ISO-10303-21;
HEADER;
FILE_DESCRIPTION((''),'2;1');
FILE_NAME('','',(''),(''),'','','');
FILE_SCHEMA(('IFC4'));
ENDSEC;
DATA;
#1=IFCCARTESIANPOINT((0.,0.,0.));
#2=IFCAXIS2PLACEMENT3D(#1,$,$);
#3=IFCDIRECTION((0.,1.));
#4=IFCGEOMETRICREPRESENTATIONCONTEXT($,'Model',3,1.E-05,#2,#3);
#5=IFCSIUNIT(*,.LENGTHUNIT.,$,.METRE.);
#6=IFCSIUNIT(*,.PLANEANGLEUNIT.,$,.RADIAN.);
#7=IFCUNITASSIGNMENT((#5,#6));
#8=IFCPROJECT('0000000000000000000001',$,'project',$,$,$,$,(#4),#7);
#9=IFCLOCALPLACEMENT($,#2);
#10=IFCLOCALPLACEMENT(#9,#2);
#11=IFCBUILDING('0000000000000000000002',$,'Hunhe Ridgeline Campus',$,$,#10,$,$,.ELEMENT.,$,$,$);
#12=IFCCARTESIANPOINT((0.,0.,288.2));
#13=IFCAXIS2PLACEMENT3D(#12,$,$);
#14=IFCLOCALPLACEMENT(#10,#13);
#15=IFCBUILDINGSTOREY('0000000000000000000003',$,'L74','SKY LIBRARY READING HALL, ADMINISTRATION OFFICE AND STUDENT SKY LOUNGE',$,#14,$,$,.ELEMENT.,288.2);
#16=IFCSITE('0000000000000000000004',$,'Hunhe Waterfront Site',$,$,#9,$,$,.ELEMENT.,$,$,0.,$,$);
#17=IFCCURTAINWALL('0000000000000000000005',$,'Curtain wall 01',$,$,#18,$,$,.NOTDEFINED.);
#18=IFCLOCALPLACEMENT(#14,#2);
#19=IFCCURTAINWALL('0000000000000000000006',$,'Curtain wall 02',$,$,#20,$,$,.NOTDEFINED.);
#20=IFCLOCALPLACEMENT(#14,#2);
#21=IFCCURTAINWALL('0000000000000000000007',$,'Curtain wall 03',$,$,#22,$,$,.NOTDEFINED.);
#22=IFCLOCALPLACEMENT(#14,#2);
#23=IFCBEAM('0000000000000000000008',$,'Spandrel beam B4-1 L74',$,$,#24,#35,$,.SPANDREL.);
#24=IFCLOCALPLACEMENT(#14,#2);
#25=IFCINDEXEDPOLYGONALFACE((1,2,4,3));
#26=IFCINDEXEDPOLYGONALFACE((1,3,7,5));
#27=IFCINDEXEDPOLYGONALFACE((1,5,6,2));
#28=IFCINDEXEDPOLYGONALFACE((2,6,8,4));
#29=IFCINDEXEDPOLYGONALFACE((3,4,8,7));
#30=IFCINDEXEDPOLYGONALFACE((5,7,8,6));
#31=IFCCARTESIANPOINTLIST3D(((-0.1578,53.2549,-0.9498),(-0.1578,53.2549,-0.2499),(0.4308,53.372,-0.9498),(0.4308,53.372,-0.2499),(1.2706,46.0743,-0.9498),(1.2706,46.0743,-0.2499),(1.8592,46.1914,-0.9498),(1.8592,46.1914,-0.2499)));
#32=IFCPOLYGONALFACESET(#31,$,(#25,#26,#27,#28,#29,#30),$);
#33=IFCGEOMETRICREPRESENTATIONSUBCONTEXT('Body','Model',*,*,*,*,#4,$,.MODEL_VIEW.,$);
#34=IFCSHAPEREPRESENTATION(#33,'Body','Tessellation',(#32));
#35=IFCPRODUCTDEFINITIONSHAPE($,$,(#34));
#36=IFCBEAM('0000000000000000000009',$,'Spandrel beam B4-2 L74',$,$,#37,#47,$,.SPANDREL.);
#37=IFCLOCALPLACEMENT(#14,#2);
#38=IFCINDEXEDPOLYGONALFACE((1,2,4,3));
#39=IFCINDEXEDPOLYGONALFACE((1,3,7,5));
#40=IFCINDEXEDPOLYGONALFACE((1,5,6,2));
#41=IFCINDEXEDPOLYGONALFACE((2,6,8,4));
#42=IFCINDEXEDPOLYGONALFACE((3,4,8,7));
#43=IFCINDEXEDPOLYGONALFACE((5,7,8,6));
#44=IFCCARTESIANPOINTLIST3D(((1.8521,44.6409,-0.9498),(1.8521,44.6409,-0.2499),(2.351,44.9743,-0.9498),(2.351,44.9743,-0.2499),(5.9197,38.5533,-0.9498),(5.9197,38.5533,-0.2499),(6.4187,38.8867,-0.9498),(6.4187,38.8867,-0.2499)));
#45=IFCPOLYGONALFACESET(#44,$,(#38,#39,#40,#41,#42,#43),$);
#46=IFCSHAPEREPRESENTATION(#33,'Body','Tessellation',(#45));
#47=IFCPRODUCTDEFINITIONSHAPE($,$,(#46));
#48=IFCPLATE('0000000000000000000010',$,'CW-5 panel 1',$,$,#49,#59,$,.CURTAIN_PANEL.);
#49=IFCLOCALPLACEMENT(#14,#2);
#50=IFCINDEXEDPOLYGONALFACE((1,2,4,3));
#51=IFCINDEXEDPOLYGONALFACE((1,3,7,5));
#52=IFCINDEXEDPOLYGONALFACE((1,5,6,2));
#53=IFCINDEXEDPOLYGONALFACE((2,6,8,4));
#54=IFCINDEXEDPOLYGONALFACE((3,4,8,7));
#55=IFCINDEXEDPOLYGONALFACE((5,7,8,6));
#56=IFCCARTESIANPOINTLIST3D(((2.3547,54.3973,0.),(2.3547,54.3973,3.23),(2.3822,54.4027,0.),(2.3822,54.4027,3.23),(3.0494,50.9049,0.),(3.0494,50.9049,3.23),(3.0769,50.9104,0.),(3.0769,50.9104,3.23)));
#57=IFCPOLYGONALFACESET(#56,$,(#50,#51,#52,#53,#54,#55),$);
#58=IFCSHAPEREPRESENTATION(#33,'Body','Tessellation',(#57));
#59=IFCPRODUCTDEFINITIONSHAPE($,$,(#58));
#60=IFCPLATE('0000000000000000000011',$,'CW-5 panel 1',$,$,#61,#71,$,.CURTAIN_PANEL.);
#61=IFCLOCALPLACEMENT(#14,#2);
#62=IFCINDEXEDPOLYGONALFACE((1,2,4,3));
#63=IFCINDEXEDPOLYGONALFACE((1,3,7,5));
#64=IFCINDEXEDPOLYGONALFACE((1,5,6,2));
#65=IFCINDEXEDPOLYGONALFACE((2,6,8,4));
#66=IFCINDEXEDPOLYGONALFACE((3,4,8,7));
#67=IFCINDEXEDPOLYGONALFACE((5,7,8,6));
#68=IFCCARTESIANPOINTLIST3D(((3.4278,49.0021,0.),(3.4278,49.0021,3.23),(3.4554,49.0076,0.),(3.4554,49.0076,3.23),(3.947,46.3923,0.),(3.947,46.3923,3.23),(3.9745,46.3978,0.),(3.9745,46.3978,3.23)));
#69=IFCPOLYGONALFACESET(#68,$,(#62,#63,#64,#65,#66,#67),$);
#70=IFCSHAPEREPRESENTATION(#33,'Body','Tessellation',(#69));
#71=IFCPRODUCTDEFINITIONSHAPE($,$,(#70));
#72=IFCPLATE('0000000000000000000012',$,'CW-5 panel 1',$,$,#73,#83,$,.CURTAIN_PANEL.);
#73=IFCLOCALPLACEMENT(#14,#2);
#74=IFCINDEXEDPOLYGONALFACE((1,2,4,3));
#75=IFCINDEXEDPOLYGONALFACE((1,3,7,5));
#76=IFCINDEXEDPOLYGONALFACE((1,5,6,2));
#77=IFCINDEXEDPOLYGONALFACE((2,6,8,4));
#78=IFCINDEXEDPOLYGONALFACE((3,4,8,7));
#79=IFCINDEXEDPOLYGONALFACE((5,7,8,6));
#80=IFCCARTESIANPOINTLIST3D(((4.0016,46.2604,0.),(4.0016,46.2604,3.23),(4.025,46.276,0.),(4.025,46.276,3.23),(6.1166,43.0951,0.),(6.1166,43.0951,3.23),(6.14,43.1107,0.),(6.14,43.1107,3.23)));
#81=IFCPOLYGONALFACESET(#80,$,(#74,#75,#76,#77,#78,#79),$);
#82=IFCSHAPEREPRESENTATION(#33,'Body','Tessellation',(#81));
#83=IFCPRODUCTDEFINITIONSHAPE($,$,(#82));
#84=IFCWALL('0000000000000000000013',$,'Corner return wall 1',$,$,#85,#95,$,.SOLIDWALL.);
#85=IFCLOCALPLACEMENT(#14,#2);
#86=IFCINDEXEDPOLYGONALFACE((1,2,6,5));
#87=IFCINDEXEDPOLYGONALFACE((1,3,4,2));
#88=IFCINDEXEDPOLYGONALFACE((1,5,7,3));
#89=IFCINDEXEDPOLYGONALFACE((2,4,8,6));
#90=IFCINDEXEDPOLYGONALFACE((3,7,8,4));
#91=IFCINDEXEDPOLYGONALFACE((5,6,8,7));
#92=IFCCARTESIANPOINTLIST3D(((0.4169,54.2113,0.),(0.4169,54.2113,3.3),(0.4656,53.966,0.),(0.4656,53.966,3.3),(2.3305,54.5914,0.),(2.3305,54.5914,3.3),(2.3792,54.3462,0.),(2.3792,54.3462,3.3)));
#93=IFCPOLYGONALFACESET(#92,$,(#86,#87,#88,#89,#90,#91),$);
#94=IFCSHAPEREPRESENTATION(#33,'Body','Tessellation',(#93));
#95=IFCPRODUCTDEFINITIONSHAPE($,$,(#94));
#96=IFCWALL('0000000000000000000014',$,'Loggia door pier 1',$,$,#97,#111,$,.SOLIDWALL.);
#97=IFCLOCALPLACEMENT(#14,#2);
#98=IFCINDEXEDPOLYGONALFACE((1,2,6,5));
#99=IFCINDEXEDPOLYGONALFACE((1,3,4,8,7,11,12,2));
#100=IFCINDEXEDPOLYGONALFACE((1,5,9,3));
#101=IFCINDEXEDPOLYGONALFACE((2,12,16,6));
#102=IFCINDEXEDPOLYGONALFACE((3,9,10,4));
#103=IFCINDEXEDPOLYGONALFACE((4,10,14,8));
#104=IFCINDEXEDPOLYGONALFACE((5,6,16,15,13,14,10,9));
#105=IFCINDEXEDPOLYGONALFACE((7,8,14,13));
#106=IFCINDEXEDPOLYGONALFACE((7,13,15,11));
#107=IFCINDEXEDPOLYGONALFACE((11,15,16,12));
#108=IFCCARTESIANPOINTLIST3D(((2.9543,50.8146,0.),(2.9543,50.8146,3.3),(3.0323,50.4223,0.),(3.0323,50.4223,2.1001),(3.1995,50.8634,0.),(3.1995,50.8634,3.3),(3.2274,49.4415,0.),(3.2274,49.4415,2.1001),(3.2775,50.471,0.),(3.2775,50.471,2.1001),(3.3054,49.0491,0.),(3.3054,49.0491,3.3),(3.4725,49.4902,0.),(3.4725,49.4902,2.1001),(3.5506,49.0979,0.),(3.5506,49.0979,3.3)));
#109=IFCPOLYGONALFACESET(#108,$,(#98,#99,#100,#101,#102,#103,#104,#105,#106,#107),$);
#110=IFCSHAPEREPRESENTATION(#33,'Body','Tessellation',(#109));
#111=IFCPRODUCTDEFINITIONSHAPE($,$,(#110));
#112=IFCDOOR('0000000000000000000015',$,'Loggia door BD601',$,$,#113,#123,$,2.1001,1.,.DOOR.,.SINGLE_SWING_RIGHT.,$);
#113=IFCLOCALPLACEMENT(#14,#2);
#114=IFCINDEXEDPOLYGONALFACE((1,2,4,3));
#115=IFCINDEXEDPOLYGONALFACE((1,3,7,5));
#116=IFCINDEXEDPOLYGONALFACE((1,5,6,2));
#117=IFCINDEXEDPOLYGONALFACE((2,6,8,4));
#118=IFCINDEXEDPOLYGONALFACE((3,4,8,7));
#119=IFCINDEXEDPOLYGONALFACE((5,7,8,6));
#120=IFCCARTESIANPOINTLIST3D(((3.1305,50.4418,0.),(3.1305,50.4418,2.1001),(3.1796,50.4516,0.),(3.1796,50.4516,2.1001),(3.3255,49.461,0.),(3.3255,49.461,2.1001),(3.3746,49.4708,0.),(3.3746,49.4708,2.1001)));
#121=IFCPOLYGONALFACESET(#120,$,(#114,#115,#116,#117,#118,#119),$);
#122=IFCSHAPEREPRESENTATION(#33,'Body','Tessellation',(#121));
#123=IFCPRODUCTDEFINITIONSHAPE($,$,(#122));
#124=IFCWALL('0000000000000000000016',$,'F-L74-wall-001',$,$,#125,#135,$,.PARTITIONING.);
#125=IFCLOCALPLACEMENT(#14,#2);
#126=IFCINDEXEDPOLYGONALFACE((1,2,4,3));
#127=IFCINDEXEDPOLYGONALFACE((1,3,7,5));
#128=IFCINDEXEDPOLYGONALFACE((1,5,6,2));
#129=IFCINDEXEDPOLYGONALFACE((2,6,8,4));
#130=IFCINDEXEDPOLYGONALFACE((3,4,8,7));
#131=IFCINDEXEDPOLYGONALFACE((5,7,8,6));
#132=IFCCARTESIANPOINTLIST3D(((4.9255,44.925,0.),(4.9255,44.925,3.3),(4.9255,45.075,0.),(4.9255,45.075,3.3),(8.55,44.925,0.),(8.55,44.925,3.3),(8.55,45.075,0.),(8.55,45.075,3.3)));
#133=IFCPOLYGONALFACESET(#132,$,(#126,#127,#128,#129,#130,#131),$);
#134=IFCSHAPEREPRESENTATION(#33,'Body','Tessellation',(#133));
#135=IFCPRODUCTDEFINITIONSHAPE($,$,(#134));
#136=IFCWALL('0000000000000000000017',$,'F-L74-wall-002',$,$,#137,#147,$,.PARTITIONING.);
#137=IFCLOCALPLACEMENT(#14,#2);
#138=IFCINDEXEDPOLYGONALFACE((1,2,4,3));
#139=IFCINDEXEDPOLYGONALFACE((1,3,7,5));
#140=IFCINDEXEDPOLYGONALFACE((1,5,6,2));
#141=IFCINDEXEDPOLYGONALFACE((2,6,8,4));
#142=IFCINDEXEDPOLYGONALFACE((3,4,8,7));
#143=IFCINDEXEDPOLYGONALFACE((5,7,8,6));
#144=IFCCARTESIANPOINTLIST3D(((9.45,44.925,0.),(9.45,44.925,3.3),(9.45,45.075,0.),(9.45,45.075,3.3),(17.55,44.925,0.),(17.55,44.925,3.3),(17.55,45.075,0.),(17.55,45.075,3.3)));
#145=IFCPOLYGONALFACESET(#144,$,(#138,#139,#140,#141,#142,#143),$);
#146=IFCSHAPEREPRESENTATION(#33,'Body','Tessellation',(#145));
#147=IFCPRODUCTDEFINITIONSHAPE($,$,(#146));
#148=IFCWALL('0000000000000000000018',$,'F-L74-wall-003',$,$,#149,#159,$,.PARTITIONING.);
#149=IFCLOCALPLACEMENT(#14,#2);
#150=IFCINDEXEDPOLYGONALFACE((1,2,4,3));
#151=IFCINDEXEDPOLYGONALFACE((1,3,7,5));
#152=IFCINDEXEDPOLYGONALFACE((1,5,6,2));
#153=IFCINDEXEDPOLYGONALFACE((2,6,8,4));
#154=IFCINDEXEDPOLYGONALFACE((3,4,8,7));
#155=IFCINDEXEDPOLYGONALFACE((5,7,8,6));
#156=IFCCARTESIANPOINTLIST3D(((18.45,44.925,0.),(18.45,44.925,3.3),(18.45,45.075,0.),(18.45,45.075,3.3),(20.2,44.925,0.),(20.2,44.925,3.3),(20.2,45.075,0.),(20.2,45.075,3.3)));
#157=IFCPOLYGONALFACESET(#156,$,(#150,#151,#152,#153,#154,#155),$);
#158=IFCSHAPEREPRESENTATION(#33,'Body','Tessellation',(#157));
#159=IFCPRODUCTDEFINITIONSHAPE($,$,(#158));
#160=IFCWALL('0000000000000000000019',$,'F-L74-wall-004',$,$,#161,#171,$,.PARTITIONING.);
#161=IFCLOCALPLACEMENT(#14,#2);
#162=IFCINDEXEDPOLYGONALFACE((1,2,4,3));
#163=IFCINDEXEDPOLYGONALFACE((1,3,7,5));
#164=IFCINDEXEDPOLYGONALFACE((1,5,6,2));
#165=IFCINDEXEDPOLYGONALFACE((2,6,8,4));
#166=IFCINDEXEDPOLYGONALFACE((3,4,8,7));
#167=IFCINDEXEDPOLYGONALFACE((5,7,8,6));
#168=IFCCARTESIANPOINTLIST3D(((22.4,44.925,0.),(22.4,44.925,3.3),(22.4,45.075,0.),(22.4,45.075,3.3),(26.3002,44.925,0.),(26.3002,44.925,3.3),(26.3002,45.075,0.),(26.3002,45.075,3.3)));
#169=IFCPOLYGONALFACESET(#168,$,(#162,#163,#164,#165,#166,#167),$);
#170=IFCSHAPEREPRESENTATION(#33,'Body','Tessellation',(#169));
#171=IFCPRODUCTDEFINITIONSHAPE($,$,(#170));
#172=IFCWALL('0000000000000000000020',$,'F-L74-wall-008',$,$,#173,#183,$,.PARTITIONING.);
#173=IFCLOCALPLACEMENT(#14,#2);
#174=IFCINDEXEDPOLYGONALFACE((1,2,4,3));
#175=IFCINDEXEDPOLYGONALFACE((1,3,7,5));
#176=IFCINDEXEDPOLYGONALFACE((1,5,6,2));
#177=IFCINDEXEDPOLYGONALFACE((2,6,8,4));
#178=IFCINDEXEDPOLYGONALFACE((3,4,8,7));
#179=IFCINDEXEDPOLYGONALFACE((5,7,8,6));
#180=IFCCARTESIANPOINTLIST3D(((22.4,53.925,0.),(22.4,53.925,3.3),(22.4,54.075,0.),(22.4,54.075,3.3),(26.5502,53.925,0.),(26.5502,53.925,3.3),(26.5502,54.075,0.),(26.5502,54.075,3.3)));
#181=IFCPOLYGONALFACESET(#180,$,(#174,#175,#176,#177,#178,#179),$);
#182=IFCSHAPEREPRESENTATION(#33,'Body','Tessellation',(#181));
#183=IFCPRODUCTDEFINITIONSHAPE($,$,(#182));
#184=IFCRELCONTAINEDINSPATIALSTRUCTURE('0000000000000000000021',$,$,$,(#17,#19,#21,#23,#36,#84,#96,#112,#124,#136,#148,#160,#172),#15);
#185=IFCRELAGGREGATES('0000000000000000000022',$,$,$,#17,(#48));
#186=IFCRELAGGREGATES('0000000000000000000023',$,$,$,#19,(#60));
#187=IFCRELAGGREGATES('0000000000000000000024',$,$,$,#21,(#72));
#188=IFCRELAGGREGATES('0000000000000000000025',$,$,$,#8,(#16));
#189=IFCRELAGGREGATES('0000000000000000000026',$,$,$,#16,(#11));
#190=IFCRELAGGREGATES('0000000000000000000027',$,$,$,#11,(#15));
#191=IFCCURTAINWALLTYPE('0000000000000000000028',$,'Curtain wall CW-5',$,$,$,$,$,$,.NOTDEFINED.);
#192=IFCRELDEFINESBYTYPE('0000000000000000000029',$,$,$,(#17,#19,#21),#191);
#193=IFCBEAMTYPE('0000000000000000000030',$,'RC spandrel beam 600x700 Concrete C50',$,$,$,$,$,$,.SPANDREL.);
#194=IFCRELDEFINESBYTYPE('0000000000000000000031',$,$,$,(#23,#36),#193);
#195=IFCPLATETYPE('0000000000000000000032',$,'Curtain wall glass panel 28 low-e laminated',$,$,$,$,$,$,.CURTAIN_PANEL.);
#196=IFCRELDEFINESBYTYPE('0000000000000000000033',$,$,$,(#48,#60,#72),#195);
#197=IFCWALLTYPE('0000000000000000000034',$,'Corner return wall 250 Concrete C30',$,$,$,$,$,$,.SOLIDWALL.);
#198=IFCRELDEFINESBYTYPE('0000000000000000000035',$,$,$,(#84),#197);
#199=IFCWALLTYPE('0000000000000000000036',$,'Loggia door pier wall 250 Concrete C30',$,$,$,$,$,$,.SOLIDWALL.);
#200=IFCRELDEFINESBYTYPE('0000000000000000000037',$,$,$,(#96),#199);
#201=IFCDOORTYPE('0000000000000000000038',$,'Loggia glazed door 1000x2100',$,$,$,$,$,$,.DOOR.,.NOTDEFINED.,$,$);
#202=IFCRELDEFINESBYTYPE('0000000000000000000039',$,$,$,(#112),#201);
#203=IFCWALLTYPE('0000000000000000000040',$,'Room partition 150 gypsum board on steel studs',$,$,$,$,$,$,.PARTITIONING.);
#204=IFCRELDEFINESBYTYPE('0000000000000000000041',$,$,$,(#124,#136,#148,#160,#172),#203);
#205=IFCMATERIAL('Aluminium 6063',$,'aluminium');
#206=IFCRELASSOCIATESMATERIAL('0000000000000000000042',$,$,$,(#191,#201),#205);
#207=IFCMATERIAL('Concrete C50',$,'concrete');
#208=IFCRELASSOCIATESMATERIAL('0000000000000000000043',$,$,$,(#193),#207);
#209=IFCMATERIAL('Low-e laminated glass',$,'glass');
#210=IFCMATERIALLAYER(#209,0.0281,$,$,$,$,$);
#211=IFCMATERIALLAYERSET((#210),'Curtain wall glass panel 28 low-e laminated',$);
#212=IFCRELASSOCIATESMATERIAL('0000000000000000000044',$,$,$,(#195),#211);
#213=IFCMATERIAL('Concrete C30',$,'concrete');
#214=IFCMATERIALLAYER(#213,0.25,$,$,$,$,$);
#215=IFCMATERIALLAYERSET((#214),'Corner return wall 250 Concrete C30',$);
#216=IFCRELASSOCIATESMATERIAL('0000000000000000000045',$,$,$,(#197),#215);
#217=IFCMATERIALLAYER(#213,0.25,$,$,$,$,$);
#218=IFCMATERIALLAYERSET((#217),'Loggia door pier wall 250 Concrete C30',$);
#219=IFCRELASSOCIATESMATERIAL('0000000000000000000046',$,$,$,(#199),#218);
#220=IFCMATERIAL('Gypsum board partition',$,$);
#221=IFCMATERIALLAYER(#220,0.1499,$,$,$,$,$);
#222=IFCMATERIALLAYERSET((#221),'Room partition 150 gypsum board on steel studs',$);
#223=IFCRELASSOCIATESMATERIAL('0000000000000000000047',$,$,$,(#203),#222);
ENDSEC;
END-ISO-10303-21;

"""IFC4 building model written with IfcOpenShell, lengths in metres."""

from ifc_helpers import new_model, si_unit, direction, frame, frame_2d, origin, origin_2d, place, context, subcontext, project, spatial, rectangle, extrude, material, layer, layer_set, material_profile, profile_set, type_object, element, fill, aggregate, save


model = new_model("IFC4")

# Units and contexts
model_context = context("Model", 3, precision=1e-05, world=origin(), true_north=direction((0.0, 1.0)))
body_context = subcontext(model_context, "Body", "Model", "MODEL_VIEW")
ifc_project = project(units=[si_unit("LENGTHUNIT", "METRE"), si_unit("PLANEANGLEUNIT", "RADIAN")], contexts=[model_context])

# Site, building, storey
site_placement = place(None, origin())
site = spatial("IfcSite", under=ifc_project, at=site_placement, Name="Hunhe Waterfront Site", CompositionType="ELEMENT", RefElevation=0.0)
building_placement = place(site_placement, origin())
building = spatial("IfcBuilding", under=site, at=building_placement, Name="Hunhe Ridgeline Campus", CompositionType="ELEMENT")
storey_placement = place(building_placement, frame((0.0, 0.0, 288.2)))
storey = spatial("IfcBuildingStorey", under=building, at=storey_placement, Name="L74", Description="SKY LIBRARY READING HALL, ADMINISTRATION OFFICE AND STUDENT SKY LOUNGE", CompositionType="ELEMENT", Elevation=288.2)

# Shared definitions
ifc_material_1 = material(Name="Concrete C50", Category="concrete")

# Curtain walls
ifc_material_2 = material(Name="Aluminium 6063", Category="aluminium")
curtain_wall_type = type_object("IfcCurtainWallType", Name="Curtain wall CW-5", PredefinedType="NOTDEFINED", material=ifc_material_2)
curtain_wall_1_placement = place(storey_placement, origin())
curtain_wall_1 = element("IfcCurtainWall", 1, at=curtain_wall_1_placement, inside=storey, type_object=curtain_wall_type, Name="Curtain wall 01", PredefinedType="NOTDEFINED")
curtain_wall_2_placement = place(storey_placement, origin())
curtain_wall_2 = element("IfcCurtainWall", 2, at=curtain_wall_2_placement, inside=storey, type_object=curtain_wall_type, Name="Curtain wall 02", PredefinedType="NOTDEFINED")

# Curtain wall
curtain_wall_3_placement = place(storey_placement, origin())
curtain_wall_3 = element("IfcCurtainWall", 3, at=curtain_wall_3_placement, inside=storey, type_object=curtain_wall_type, Name="Curtain wall 03", PredefinedType="NOTDEFINED")

# Beams
ifc_material_profile_1 = material_profile(ifc_material_1, rectangle(XDim=0.6001, YDim=0.7, at=origin_2d()))
ifc_profile_set_1 = profile_set([ifc_material_profile_1], Name="Concrete C50")
beam_type = type_object("IfcBeamType", Name="RC spandrel beam 600x700 Concrete C50", PredefinedType="SPANDREL", material=ifc_profile_set_1)
beam_1_placement = place(storey_placement, frame((0.1365, 53.3135, -0.5999), z_axis=(0.195109, -0.980782, 0.0), x_axis=(0.980782, 0.195109, 0.0)))
element("IfcBeam", 4, at=beam_1_placement, inside=storey, type_object=beam_type, Name="Spandrel beam B4-1 L74", PredefinedType="SPANDREL", context=body_context, shape_type="SweptSolid", body=[
    extrude(rectangle(XDim=0.6001, YDim=0.7, at=origin_2d()), origin(), (0.0, 0.0, 1.0), 7.3213),
])
beam_2_placement = place(storey_placement, frame((2.1016, 44.8076, -0.5999), z_axis=(0.555569, -0.83147, 0.0), x_axis=(0.83147, 0.555569, 0.0)))
element("IfcBeam", 5, at=beam_2_placement, inside=storey, type_object=beam_type, Name="Spandrel beam B4-2 L74", PredefinedType="SPANDREL", context=body_context, shape_type="SweptSolid", body=[
    extrude(rectangle(XDim=0.6001, YDim=0.7, at=origin_2d()), origin(), (0.0, 0.0, 1.0), 7.3215),
])

# Plates
ifc_material_3 = material(Name="Low-e laminated glass", Category="glass")
ifc_layer_1 = layer(ifc_material_3, 0.0281)
ifc_layer_set_1 = layer_set([ifc_layer_1], Name="Curtain wall glass panel 28 low-e laminated")
plate_type = type_object("IfcPlateType", Name="Curtain wall glass panel 28 low-e laminated", PredefinedType="CURTAIN_PANEL", material=ifc_layer_set_1)
plate_1_placement = place(storey_placement, frame((2.7158, 52.6538, 0.0), z_axis=(0.0, 0.0, 1.0), x_axis=(0.195095, -0.980784, 0.0)))
plate_1 = element("IfcPlate", 6, at=plate_1_placement, type_object=plate_type, Name="CW-5 panel 1", PredefinedType="CURTAIN_PANEL", context=body_context, shape_type="SweptSolid", body=[
    extrude(rectangle(XDim=3.5608, YDim=0.0281, at=origin_2d()), origin(), (0.0, 0.0, 1.0), 3.23),
])
aggregate(curtain_wall_1, [plate_1])
plate_2_placement = place(storey_placement, frame((3.7012, 47.7, 0.0), z_axis=(0.0, 0.0, 1.0), x_axis=(0.195095, -0.980784, 0.0)))
plate_2 = element("IfcPlate", 7, at=plate_2_placement, type_object=plate_type, Name="CW-5 panel 1", PredefinedType="CURTAIN_PANEL", context=body_context, shape_type="SweptSolid", body=[
    extrude(rectangle(XDim=2.6609, YDim=0.0281, at=origin_2d()), origin(), (0.0, 0.0, 1.0), 3.23),
])
aggregate(curtain_wall_2, [plate_2])
plate_3_placement = place(storey_placement, frame((5.0708, 44.6855, 0.0), z_axis=(0.0, 0.0, 1.0), x_axis=(0.55557, -0.83147, 0.0)))
plate_3 = element("IfcPlate", 8, at=plate_3_placement, type_object=plate_type, Name="CW-5 panel 1", PredefinedType="CURTAIN_PANEL", context=body_context, shape_type="SweptSolid", body=[
    extrude(rectangle(XDim=3.8069, YDim=0.0281, at=origin_2d()), origin(), (0.0, 0.0, 1.0), 3.23),
])
aggregate(curtain_wall_3, [plate_3])

# Wall
ifc_material_4 = material(Name="Concrete C30", Category="concrete")
ifc_layer_2 = layer(ifc_material_4, 0.25)
ifc_layer_set_2 = layer_set([ifc_layer_2], Name="Corner return wall 250 Concrete C30")
wall_type_1 = type_object("IfcWallType", Name="Corner return wall 250 Concrete C30", PredefinedType="SOLIDWALL", material=ifc_layer_set_2)
wall_1_placement = place(storey_placement, frame((0.4412, 54.0886, 0.0), z_axis=(0.0, 0.0, 1.0), x_axis=(0.980835, 0.194841, 0.0)))
element("IfcWall", 9, at=wall_1_placement, inside=storey, type_object=wall_type_1, Name="Corner return wall 1", PredefinedType="SOLIDWALL", context=body_context, shape_type="SweptSolid", body=[
    extrude(rectangle(XDim=1.9509, YDim=0.25, at=frame_2d((0.9756, 0.0))), origin(), (0.0, 0.0, 1.0), 3.3),
])

# Wall, opening, door
ifc_layer_3 = layer(ifc_material_4, 0.25)
ifc_layer_set_3 = layer_set([ifc_layer_3], Name="Loggia door pier wall 250 Concrete C30")
wall_type_2 = type_object("IfcWallType", Name="Loggia door pier wall 250 Concrete C30", PredefinedType="SOLIDWALL", material=ifc_layer_set_3)
wall_2_placement = place(storey_placement, frame((3.0769, 50.8389, 0.0), z_axis=(0.0, 0.0, 1.0), x_axis=(0.195047, -0.980794, 0.0)))
wall_2 = element("IfcWall", 10, at=wall_2_placement, inside=storey, type_object=wall_type_2, Name="Loggia door pier 1", PredefinedType="SOLIDWALL", context=body_context, shape_type="SweptSolid", body=[
    extrude(rectangle(XDim=1.8, YDim=0.25, at=frame_2d((0.8999, 0.0))), origin(), (0.0, 0.0, 1.0), 3.3),
])
opening_placement = place(wall_2_placement, frame((0.3999, 0.0, 0.0)))
opening = element("IfcOpeningElement", 11, at=opening_placement, cuts=wall_2, PredefinedType="OPENING", context=body_context, shape_type="SweptSolid", body=[
    extrude(rectangle(XDim=1.0, YDim=2.1001, at=frame_2d((0.5, 1.05))), frame((0.0, 0.125, 0.0), z_axis=(0.0, -1.0, 0.0), x_axis=(1.0, 0.0, 0.0)), (0.0, 0.0, 1.0), 0.25),
])
door_type = type_object("IfcDoorType", Name="Loggia glazed door 1000x2100", OperationType="NOTDEFINED", PredefinedType="DOOR", material=ifc_material_2)
door_placement = place(opening_placement, frame((1.0, 0.0, 0.0), z_axis=(0.0, 0.0, 1.0), x_axis=(-1.0, 0.0, 0.0)))
door = element("IfcDoor", 12, at=door_placement, inside=storey, type_object=door_type, Name="Loggia door BD601", OperationType="SINGLE_SWING_RIGHT", OverallHeight=2.1001, OverallWidth=1.0, PredefinedType="DOOR", context=body_context, shape_type="SweptSolid", body=[
    extrude(rectangle(XDim=1.0, YDim=2.1001, at=frame_2d((0.5, 1.05))), frame((0.0, 0.0249, 0.0), z_axis=(0.0, -1.0, 0.0), x_axis=(1.0, 0.0, 0.0)), (0.0, 0.0, 1.0), 0.05),
])
fill(opening, door)

# Walls
ifc_material_5 = material(Name="Gypsum board partition")
ifc_layer_4 = layer(ifc_material_5, 0.1499)
ifc_layer_set_4 = layer_set([ifc_layer_4], Name="Room partition 150 gypsum board on steel studs")
wall_type_3 = type_object("IfcWallType", Name="Room partition 150 gypsum board on steel studs", PredefinedType="PARTITIONING", material=ifc_layer_set_4)
wall_3_placement = place(storey_placement, frame((4.9255, 45.0, 0.0), z_axis=(0.0, 0.0, 1.0), x_axis=(1.0, 0.0, 0.0)))
element("IfcWall", 13, at=wall_3_placement, inside=storey, type_object=wall_type_3, Name="F-L74-wall-001", PredefinedType="PARTITIONING", context=body_context, shape_type="SweptSolid", body=[
    extrude(rectangle(XDim=3.6245, YDim=0.1499, at=frame_2d((1.8123, 0.0))), origin(), (0.0, 0.0, 1.0), 3.3),
])
wall_4_placement = place(storey_placement, frame((9.45, 45.0, 0.0), z_axis=(0.0, 0.0, 1.0), x_axis=(1.0, 0.0, 0.0)))
element("IfcWall", 14, at=wall_4_placement, inside=storey, type_object=wall_type_3, Name="F-L74-wall-002", PredefinedType="PARTITIONING", context=body_context, shape_type="SweptSolid", body=[
    extrude(rectangle(XDim=8.1001, YDim=0.1499, at=frame_2d((4.05, 0.0))), origin(), (0.0, 0.0, 1.0), 3.3),
])
wall_5_placement = place(storey_placement, frame((18.45, 45.0, 0.0), z_axis=(0.0, 0.0, 1.0), x_axis=(1.0, 0.0, 0.0)))
element("IfcWall", 15, at=wall_5_placement, inside=storey, type_object=wall_type_3, Name="F-L74-wall-003", PredefinedType="PARTITIONING", context=body_context, shape_type="SweptSolid", body=[
    extrude(rectangle(XDim=1.75, YDim=0.1499, at=frame_2d((0.875, 0.0))), origin(), (0.0, 0.0, 1.0), 3.3),
])
wall_6_placement = place(storey_placement, frame((22.3999, 45.0, 0.0), z_axis=(0.0, 0.0, 1.0), x_axis=(1.0, 0.0, 0.0)))
element("IfcWall", 16, at=wall_6_placement, inside=storey, type_object=wall_type_3, Name="F-L74-wall-004", PredefinedType="PARTITIONING", context=body_context, shape_type="SweptSolid", body=[
    extrude(rectangle(XDim=3.9001, YDim=0.1499, at=frame_2d((1.9502, 0.0))), origin(), (0.0, 0.0, 1.0), 3.3),
])
wall_7_placement = place(storey_placement, frame((22.3999, 54.0, 0.0), z_axis=(0.0, 0.0, 1.0), x_axis=(1.0, 0.0, 0.0)))
element("IfcWall", 17, at=wall_7_placement, inside=storey, type_object=wall_type_3, Name="F-L74-wall-008", PredefinedType="PARTITIONING", context=body_context, shape_type="SweptSolid", body=[
    extrude(rectangle(XDim=4.1501, YDim=0.1499, at=frame_2d((2.0752, 0.0))), origin(), (0.0, 0.0, 1.0), 3.3),
])

save(model, "model.ifc")
